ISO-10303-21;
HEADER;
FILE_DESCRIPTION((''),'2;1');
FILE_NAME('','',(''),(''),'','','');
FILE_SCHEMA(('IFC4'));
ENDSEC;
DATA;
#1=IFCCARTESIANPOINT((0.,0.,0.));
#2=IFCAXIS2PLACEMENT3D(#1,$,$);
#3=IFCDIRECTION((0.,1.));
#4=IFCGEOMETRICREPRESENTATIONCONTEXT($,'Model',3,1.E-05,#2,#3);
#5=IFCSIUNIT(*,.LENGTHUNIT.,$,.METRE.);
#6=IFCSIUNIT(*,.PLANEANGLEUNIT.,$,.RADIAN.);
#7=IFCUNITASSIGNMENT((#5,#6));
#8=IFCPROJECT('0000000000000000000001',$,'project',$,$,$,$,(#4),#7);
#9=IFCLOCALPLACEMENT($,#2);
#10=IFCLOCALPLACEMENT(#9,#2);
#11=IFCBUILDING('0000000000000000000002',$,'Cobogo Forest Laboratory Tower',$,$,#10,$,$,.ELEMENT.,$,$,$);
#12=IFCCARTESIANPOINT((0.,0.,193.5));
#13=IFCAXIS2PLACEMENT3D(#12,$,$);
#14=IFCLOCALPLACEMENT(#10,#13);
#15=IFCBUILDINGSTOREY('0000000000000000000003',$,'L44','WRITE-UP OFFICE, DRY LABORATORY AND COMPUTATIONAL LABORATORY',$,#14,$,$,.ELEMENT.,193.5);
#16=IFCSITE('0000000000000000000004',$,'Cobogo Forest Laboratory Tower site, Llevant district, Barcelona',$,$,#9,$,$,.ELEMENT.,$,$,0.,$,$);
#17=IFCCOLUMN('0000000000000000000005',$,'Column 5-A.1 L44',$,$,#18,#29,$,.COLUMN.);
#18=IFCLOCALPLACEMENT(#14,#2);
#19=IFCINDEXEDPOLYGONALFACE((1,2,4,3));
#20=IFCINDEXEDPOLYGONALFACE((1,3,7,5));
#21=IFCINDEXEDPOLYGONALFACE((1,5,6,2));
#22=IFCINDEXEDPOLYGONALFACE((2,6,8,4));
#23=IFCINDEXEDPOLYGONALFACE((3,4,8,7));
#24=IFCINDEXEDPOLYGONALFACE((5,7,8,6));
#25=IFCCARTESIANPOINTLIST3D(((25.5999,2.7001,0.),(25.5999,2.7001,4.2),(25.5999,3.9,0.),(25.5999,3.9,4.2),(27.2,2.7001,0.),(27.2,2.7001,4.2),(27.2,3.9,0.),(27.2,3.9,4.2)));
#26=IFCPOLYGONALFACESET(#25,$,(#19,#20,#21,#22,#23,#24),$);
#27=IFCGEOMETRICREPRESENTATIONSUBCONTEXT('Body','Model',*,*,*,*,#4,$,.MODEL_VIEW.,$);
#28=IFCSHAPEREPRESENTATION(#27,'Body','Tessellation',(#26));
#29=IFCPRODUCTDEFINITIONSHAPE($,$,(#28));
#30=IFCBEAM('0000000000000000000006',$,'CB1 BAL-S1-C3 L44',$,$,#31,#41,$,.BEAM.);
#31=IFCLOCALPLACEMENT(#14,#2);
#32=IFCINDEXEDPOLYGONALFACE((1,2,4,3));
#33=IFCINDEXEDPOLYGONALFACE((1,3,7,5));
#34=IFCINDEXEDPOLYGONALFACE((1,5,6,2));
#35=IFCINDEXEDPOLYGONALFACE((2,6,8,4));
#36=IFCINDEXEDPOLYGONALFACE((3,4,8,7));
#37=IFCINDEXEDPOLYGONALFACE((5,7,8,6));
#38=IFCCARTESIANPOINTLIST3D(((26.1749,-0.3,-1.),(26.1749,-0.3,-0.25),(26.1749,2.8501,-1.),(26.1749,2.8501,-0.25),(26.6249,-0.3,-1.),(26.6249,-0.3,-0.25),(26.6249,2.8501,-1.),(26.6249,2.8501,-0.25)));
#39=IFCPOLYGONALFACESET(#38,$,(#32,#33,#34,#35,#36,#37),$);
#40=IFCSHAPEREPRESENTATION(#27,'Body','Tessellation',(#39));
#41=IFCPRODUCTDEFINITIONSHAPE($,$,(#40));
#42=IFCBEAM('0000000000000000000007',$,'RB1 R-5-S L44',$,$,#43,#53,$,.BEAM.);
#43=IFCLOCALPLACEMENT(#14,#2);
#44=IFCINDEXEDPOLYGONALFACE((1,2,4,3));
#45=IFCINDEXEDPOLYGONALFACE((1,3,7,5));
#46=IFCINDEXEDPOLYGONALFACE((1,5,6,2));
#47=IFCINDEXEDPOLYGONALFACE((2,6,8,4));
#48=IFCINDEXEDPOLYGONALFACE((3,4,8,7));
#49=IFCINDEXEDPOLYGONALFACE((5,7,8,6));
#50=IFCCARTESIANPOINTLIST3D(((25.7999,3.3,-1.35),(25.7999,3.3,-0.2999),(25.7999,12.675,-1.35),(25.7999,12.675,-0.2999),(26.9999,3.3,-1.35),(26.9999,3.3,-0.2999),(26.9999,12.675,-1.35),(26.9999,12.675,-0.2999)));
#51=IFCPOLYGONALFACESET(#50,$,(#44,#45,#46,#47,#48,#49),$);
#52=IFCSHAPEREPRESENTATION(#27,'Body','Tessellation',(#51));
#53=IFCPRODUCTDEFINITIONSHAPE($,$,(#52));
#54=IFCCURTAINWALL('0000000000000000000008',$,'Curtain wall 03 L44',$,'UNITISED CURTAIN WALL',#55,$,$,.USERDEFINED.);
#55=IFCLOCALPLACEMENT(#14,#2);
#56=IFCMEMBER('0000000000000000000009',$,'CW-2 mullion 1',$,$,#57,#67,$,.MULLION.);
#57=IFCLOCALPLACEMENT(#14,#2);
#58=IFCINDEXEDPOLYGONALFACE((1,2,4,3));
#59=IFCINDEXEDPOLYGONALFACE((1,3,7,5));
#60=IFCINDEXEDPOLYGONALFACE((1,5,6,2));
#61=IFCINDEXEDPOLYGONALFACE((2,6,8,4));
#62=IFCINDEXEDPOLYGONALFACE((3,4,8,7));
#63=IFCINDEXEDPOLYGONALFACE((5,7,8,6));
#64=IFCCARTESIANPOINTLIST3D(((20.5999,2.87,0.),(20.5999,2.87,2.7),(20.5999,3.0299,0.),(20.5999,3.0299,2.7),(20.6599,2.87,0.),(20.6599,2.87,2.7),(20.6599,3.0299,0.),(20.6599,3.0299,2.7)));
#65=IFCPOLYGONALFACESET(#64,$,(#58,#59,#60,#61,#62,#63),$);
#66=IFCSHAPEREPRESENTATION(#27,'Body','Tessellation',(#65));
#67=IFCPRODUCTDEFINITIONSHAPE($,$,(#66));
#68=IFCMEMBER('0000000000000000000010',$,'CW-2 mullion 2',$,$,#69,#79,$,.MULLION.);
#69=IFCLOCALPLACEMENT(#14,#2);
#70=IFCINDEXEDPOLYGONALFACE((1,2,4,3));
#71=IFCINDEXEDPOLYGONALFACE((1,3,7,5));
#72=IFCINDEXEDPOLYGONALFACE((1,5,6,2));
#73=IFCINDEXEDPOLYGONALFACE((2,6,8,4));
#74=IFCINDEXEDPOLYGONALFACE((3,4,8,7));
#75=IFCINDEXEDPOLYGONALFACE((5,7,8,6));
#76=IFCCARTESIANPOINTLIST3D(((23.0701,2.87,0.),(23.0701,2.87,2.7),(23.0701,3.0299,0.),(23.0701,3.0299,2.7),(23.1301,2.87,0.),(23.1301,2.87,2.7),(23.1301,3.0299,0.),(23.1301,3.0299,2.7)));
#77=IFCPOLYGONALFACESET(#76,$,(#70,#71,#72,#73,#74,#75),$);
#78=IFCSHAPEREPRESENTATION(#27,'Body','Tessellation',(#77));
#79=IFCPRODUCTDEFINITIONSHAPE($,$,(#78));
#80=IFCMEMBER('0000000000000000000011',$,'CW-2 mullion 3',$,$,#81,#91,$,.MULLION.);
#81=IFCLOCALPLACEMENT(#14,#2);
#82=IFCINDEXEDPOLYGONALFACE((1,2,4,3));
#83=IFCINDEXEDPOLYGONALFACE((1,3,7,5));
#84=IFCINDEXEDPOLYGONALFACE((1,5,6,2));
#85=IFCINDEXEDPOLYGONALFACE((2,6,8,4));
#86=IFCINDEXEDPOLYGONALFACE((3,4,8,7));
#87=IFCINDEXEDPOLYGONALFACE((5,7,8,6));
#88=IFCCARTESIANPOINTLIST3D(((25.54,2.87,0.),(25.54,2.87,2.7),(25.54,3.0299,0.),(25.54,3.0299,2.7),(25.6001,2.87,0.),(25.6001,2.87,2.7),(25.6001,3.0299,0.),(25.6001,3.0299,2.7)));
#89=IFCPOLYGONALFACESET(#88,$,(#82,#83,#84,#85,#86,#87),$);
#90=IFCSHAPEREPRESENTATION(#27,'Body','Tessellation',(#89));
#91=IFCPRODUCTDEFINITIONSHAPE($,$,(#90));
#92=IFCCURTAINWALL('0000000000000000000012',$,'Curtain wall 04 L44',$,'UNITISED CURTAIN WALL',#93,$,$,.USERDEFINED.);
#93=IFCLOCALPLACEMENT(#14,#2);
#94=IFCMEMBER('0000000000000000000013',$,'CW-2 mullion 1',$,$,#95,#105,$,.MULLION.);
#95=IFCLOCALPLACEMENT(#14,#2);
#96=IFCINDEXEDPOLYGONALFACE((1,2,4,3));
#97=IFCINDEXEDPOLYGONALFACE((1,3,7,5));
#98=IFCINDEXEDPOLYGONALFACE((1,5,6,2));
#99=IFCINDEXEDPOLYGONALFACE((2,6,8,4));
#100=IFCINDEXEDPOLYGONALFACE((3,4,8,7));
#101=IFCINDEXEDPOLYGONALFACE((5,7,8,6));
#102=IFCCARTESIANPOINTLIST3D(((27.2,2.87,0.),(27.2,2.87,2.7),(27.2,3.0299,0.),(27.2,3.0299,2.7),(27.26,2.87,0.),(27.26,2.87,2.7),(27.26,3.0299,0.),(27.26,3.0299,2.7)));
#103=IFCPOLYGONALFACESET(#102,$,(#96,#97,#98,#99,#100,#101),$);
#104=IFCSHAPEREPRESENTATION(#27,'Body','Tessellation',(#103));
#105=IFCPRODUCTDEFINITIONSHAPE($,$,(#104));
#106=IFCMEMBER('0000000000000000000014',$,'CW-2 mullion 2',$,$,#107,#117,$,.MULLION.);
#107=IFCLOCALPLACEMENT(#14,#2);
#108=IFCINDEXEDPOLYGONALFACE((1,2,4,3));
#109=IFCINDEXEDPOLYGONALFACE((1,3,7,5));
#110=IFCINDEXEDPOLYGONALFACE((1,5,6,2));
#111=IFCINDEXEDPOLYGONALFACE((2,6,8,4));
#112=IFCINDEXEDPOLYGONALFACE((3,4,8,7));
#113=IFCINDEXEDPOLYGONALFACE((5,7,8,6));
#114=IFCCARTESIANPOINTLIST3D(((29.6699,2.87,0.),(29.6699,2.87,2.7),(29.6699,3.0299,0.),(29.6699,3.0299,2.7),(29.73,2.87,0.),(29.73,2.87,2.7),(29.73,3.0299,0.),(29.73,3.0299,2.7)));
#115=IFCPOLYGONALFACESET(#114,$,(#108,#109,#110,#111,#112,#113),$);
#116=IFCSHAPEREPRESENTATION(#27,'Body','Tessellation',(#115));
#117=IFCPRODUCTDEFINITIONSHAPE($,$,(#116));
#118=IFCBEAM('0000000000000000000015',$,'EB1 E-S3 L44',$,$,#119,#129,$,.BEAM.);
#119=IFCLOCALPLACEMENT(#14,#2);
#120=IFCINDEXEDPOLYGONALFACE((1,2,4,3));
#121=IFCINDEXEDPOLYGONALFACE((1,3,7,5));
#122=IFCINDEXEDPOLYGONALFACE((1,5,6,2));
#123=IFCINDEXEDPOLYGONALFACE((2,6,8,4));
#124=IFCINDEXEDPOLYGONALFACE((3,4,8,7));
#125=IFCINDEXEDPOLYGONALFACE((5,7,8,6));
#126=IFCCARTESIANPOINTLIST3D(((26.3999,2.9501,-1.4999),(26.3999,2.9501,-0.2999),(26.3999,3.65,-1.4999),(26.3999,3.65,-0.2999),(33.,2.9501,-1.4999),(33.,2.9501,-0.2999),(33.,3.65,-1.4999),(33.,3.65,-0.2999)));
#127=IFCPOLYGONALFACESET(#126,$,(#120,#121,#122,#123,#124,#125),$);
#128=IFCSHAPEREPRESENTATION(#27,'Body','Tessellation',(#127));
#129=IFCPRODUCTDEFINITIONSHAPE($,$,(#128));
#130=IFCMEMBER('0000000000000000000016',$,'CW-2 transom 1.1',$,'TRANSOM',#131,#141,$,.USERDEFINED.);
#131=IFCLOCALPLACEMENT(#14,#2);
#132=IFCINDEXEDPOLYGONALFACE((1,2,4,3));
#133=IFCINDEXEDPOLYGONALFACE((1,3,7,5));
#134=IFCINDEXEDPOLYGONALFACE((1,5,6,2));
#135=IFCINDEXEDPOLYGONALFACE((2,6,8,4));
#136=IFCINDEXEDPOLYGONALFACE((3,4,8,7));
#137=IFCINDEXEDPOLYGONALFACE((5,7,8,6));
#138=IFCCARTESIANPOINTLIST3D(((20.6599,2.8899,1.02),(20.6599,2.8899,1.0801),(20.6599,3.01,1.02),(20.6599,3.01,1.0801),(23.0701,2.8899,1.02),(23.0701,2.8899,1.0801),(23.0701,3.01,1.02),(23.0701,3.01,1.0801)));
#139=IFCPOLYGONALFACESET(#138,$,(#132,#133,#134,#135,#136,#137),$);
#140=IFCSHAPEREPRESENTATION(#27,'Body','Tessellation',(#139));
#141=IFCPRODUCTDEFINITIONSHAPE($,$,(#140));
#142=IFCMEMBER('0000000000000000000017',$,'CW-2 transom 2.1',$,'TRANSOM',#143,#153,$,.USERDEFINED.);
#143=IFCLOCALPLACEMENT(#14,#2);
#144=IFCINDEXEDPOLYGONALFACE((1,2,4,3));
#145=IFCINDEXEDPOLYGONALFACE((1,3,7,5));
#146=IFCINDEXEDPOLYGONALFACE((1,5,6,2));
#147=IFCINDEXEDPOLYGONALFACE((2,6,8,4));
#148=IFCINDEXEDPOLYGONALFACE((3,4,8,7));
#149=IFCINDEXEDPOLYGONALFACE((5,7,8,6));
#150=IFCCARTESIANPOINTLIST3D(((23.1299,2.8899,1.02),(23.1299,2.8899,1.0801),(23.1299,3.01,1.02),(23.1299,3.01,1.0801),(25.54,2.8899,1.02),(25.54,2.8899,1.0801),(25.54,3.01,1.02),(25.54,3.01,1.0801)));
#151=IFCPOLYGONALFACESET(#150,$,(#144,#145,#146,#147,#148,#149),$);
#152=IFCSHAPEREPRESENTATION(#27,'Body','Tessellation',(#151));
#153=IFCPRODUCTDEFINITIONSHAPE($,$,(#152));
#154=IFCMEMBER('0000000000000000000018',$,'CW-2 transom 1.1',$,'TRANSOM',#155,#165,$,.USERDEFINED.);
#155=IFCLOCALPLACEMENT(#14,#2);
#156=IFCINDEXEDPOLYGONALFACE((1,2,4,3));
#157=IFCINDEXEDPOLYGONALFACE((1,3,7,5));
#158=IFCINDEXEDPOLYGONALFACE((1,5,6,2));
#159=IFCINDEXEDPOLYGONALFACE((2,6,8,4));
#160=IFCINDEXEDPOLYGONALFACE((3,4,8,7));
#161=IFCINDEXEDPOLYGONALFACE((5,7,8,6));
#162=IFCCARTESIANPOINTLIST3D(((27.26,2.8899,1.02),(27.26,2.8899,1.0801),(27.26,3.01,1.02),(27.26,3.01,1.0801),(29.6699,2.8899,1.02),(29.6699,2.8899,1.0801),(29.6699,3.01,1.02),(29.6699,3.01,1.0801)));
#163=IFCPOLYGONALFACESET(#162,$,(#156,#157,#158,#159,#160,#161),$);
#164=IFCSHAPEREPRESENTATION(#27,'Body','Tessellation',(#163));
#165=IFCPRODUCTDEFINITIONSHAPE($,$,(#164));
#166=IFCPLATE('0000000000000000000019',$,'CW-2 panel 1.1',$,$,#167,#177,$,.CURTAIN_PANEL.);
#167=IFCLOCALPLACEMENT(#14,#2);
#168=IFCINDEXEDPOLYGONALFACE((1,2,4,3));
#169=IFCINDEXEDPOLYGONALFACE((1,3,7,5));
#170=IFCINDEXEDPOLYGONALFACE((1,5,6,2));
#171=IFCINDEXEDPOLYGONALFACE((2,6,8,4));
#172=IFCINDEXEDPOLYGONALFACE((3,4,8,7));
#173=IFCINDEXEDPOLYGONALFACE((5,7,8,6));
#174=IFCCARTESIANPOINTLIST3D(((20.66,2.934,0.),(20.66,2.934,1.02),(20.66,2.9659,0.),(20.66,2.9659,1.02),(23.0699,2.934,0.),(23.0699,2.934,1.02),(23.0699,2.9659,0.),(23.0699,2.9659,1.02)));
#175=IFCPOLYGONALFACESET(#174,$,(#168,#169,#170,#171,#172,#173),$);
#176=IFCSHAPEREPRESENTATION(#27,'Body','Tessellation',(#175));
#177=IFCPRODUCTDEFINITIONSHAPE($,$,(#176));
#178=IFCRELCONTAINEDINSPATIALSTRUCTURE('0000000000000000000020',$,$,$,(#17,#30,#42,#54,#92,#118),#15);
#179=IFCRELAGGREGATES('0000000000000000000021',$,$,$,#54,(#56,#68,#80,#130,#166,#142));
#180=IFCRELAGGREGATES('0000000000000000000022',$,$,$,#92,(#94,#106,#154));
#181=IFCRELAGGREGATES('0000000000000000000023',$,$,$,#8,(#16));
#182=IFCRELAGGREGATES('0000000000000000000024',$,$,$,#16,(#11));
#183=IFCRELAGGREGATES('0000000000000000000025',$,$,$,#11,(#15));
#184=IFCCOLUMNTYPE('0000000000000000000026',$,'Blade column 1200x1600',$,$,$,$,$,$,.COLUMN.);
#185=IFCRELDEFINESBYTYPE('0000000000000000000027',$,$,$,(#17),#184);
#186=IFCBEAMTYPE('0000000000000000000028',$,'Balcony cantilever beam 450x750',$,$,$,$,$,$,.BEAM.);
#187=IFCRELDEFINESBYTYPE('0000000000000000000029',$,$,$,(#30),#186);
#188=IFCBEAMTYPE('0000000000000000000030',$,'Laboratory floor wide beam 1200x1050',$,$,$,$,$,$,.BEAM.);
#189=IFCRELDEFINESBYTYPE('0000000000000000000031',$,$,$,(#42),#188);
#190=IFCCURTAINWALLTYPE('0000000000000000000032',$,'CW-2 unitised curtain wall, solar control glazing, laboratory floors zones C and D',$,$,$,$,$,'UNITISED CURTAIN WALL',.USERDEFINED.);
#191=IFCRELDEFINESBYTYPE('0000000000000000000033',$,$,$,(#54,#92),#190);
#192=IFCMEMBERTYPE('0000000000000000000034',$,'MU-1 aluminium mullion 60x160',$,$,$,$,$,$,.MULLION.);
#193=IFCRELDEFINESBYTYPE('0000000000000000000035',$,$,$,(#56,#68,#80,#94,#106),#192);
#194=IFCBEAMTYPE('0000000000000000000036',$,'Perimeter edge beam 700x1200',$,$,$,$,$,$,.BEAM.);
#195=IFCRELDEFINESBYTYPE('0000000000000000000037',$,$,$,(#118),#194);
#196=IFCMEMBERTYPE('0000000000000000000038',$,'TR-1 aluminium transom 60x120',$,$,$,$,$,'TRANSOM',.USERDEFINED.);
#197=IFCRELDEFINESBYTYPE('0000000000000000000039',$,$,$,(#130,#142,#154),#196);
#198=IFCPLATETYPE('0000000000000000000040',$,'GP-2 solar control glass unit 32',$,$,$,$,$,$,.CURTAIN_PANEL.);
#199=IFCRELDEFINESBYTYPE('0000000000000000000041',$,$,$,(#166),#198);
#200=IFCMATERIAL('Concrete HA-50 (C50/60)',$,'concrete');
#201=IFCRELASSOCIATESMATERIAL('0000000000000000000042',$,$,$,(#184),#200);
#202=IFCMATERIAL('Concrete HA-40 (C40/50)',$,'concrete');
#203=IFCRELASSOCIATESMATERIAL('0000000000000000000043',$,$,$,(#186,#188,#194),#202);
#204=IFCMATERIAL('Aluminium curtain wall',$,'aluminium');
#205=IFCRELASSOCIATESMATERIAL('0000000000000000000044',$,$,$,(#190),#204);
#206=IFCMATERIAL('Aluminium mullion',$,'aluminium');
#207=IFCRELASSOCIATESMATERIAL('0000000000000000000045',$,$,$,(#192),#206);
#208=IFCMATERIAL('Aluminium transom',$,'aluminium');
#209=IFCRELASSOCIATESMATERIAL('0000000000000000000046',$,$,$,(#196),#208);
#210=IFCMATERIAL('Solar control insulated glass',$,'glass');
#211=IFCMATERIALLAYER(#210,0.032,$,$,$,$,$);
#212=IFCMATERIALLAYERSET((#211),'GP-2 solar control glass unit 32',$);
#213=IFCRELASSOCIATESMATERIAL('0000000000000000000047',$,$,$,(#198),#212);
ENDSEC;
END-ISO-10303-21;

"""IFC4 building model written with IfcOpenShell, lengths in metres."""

from ifc_helpers import new_model, si_unit, direction, frame, origin, origin_2d, place, context, subcontext, project, spatial, rectangle, extrude, material, layer, layer_set, material_profile, profile_set, type_object, element, aggregate, save


model = new_model("IFC4")

# Units and contexts
model_context = context("Model", 3, precision=1e-05, world=origin(), true_north=direction((0.0, 1.0)))
body_context = subcontext(model_context, "Body", "Model", "MODEL_VIEW")
ifc_project = project(units=[si_unit("LENGTHUNIT", "METRE"), si_unit("PLANEANGLEUNIT", "RADIAN")], contexts=[model_context])

# Site, building, storey
site_placement = place(None, origin())
site = spatial("IfcSite", under=ifc_project, at=site_placement, Name="Cobogo Forest Laboratory Tower site, Llevant district, Barcelona", CompositionType="ELEMENT", RefElevation=0.0)
building_placement = place(site_placement, origin())
building = spatial("IfcBuilding", under=site, at=building_placement, Name="Cobogo Forest Laboratory Tower", CompositionType="ELEMENT")
storey_placement = place(building_placement, frame((0.0, 0.0, 193.5)))
storey = spatial("IfcBuildingStorey", under=building, at=storey_placement, Name="L44", Description="WRITE-UP OFFICE, DRY LABORATORY AND COMPUTATIONAL LABORATORY", CompositionType="ELEMENT", Elevation=193.5)

# Column
ifc_material_1 = material(Name="Concrete HA-50 (C50/60)", Category="concrete")
ifc_material_profile_1 = material_profile(ifc_material_1, rectangle(XDim=1.6001, YDim=1.2, at=origin_2d()), Name="RC 1200x1600")
ifc_profile_set_1 = profile_set([ifc_material_profile_1], Name="Concrete HA-50 (C50/60)")
column_type = type_object("IfcColumnType", Name="Blade column 1200x1600", PredefinedType="COLUMN", material=ifc_profile_set_1)
column_placement = place(storey_placement, frame((26.3999, 3.3, 0.0), z_axis=(0.0, 0.0, 1.0), x_axis=(1.0, 0.0, 0.0)))
element("IfcColumn", 1, at=column_placement, inside=storey, type_object=column_type, Name="Column 5-A.1 L44", PredefinedType="COLUMN", context=body_context, shape_type="SweptSolid", body=[
    extrude(rectangle(XDim=1.6001, YDim=1.2, at=origin_2d()), origin(), (0.0, 0.0, 1.0), 4.2),
])

# Beams
ifc_material_2 = material(Name="Concrete HA-40 (C40/50)", Category="concrete")
ifc_material_profile_2 = material_profile(ifc_material_2, rectangle(XDim=0.45, YDim=0.75, at=origin_2d()), Name="RC 450x750")
ifc_profile_set_2 = profile_set([ifc_material_profile_2], Name="Concrete HA-40 (C40/50)")
beam_type_1 = type_object("IfcBeamType", Name="Balcony cantilever beam 450x750", PredefinedType="BEAM", material=ifc_profile_set_2)
beam_1_placement = place(storey_placement, frame((26.3999, 2.8501, -0.625), z_axis=(0.0, -1.0, 0.0), x_axis=(1.0, 0.0, 0.0)))
element("IfcBeam", 2, at=beam_1_placement, inside=storey, type_object=beam_type_1, Name="CB1 BAL-S1-C3 L44", PredefinedType="BEAM", context=body_context, shape_type="SweptSolid", body=[
    extrude(rectangle(XDim=0.45, YDim=0.75, at=origin_2d()), origin(), (0.0, 0.0, 1.0), 3.1501),
])
ifc_material_profile_3 = material_profile(ifc_material_2, rectangle(XDim=1.2, YDim=1.05, at=origin_2d()), Name="RC 1200x1050")
ifc_profile_set_3 = profile_set([ifc_material_profile_3], Name="Concrete HA-40 (C40/50)")
beam_type_2 = type_object("IfcBeamType", Name="Laboratory floor wide beam 1200x1050", PredefinedType="BEAM", material=ifc_profile_set_3)
beam_2_placement = place(storey_placement, frame((26.3999, 12.675, -0.825), z_axis=(0.0, -1.0, 0.0), x_axis=(1.0, 0.0, 0.0)))
element("IfcBeam", 3, at=beam_2_placement, inside=storey, type_object=beam_type_2, Name="RB1 R-5-S L44", PredefinedType="BEAM", context=body_context, shape_type="SweptSolid", body=[
    extrude(rectangle(XDim=1.2, YDim=1.05, at=origin_2d()), origin(), (0.0, 0.0, 1.0), 9.375),
])

# Curtain walls, members
ifc_material_3 = material(Name="Aluminium curtain wall", Category="aluminium")
curtain_wall_type = type_object("IfcCurtainWallType", Name="CW-2 unitised curtain wall, solar control glazing, laboratory floors zones C and D", ElementType="UNITISED CURTAIN WALL", PredefinedType="USERDEFINED", material=ifc_material_3)
curtain_wall_1_placement = place(storey_placement, origin())
curtain_wall_1 = element("IfcCurtainWall", 4, at=curtain_wall_1_placement, inside=storey, type_object=curtain_wall_type, Name="Curtain wall 03 L44", ObjectType="UNITISED CURTAIN WALL", PredefinedType="USERDEFINED")
ifc_material_4 = material(Name="Aluminium mullion", Category="aluminium")
ifc_material_profile_4 = material_profile(ifc_material_4, rectangle(XDim=0.0601, YDim=0.1599, at=origin_2d()), Name="AL 60x160")
ifc_profile_set_4 = profile_set([ifc_material_profile_4], Name="Aluminium mullion")
member_type_1 = type_object("IfcMemberType", Name="MU-1 aluminium mullion 60x160", PredefinedType="MULLION", material=ifc_profile_set_4)
member_1_placement = place(storey_placement, frame((20.6299, 2.95, 0.0), z_axis=(0.0, 0.0, 1.0), x_axis=(1.0, 0.0, 0.0)))
member_1 = element("IfcMember", 5, at=member_1_placement, type_object=member_type_1, Name="CW-2 mullion 1", PredefinedType="MULLION", context=body_context, shape_type="SweptSolid", body=[
    extrude(rectangle(XDim=0.0601, YDim=0.1599, at=origin_2d()), origin(), (0.0, 0.0, 1.0), 2.7),
])
member_2_placement = place(storey_placement, frame((23.1001, 2.95, 0.0), z_axis=(0.0, 0.0, 1.0), x_axis=(1.0, 0.0, 0.0)))
member_2 = element("IfcMember", 6, at=member_2_placement, type_object=member_type_1, Name="CW-2 mullion 2", PredefinedType="MULLION", context=body_context, shape_type="SweptSolid", body=[
    extrude(rectangle(XDim=0.0601, YDim=0.1599, at=origin_2d()), origin(), (0.0, 0.0, 1.0), 2.7),
])
member_3_placement = place(storey_placement, frame((25.5701, 2.95, 0.0), z_axis=(0.0, 0.0, 1.0), x_axis=(1.0, 0.0, 0.0)))
member_3 = element("IfcMember", 7, at=member_3_placement, type_object=member_type_1, Name="CW-2 mullion 3", PredefinedType="MULLION", context=body_context, shape_type="SweptSolid", body=[
    extrude(rectangle(XDim=0.0601, YDim=0.1599, at=origin_2d()), origin(), (0.0, 0.0, 1.0), 2.7),
])
curtain_wall_2_placement = place(storey_placement, origin())
curtain_wall_2 = element("IfcCurtainWall", 8, at=curtain_wall_2_placement, inside=storey, type_object=curtain_wall_type, Name="Curtain wall 04 L44", ObjectType="UNITISED CURTAIN WALL", PredefinedType="USERDEFINED")
member_4_placement = place(storey_placement, frame((27.23, 2.95, 0.0), z_axis=(0.0, 0.0, 1.0), x_axis=(1.0, 0.0, 0.0)))
member_4 = element("IfcMember", 9, at=member_4_placement, type_object=member_type_1, Name="CW-2 mullion 1", PredefinedType="MULLION", context=body_context, shape_type="SweptSolid", body=[
    extrude(rectangle(XDim=0.0601, YDim=0.1599, at=origin_2d()), origin(), (0.0, 0.0, 1.0), 2.7),
])
member_5_placement = place(storey_placement, frame((29.7, 2.95, 0.0), z_axis=(0.0, 0.0, 1.0), x_axis=(1.0, 0.0, 0.0)))
member_5 = element("IfcMember", 10, at=member_5_placement, type_object=member_type_1, Name="CW-2 mullion 2", PredefinedType="MULLION", context=body_context, shape_type="SweptSolid", body=[
    extrude(rectangle(XDim=0.0601, YDim=0.1599, at=origin_2d()), origin(), (0.0, 0.0, 1.0), 2.7),
])

# Beam
ifc_material_profile_5 = material_profile(ifc_material_2, rectangle(XDim=0.7, YDim=1.2, at=origin_2d()), Name="RC 700x1200")
ifc_profile_set_5 = profile_set([ifc_material_profile_5], Name="Concrete HA-40 (C40/50)")
beam_type_3 = type_object("IfcBeamType", Name="Perimeter edge beam 700x1200", PredefinedType="BEAM", material=ifc_profile_set_5)
beam_3_placement = place(storey_placement, frame((26.3999, 3.3, -0.8999), z_axis=(1.0, 0.0, 0.0), x_axis=(0.0, 1.0, 0.0)))
element("IfcBeam", 11, at=beam_3_placement, inside=storey, type_object=beam_type_3, Name="EB1 E-S3 L44", PredefinedType="BEAM", context=body_context, shape_type="SweptSolid", body=[
    extrude(rectangle(XDim=0.7, YDim=1.2, at=origin_2d()), origin(), (0.0, 0.0, 1.0), 6.6001),
])

# Members
ifc_material_5 = material(Name="Aluminium transom", Category="aluminium")
ifc_material_profile_6 = material_profile(ifc_material_5, rectangle(XDim=0.1201, YDim=0.0601, at=origin_2d()), Name="AL 60x120")
ifc_profile_set_6 = profile_set([ifc_material_profile_6], Name="Aluminium transom")
member_type_2 = type_object("IfcMemberType", Name="TR-1 aluminium transom 60x120", ElementType="TRANSOM", PredefinedType="USERDEFINED", material=ifc_profile_set_6)
member_6_placement = place(storey_placement, frame((20.6599, 2.95, 1.05), z_axis=(1.0, 0.0, 0.0), x_axis=(0.0, 1.0, 0.0)))
member_6 = element("IfcMember", 12, at=member_6_placement, type_object=member_type_2, Name="CW-2 transom 1.1", ObjectType="TRANSOM", PredefinedType="USERDEFINED", context=body_context, shape_type="SweptSolid", body=[
    extrude(rectangle(XDim=0.1201, YDim=0.0601, at=origin_2d()), origin(), (0.0, 0.0, 1.0), 2.4102),
])
member_7_placement = place(storey_placement, frame((23.1299, 2.95, 1.05), z_axis=(1.0, 0.0, 0.0), x_axis=(0.0, 1.0, 0.0)))
member_7 = element("IfcMember", 13, at=member_7_placement, type_object=member_type_2, Name="CW-2 transom 2.1", ObjectType="TRANSOM", PredefinedType="USERDEFINED", context=body_context, shape_type="SweptSolid", body=[
    extrude(rectangle(XDim=0.1201, YDim=0.0601, at=origin_2d()), origin(), (0.0, 0.0, 1.0), 2.4102),
])
member_8_placement = place(storey_placement, frame((27.26, 2.95, 1.05), z_axis=(1.0, 0.0, 0.0), x_axis=(0.0, 1.0, 0.0)))
member_8 = element("IfcMember", 14, at=member_8_placement, type_object=member_type_2, Name="CW-2 transom 1.1", ObjectType="TRANSOM", PredefinedType="USERDEFINED", context=body_context, shape_type="SweptSolid", body=[
    extrude(rectangle(XDim=0.1201, YDim=0.0601, at=origin_2d()), origin(), (0.0, 0.0, 1.0), 2.4099),
])

# Plate
ifc_material_6 = material(Name="Solar control insulated glass", Category="glass")
ifc_layer_1 = layer(ifc_material_6, 0.032)
ifc_layer_set_1 = layer_set([ifc_layer_1], Name="GP-2 solar control glass unit 32")
plate_type_1 = type_object("IfcPlateType", Name="GP-2 solar control glass unit 32", PredefinedType="CURTAIN_PANEL", material=ifc_layer_set_1)
plate_1_placement = place(storey_placement, frame((21.865, 2.95, 0.0), z_axis=(0.0, 0.0, 1.0), x_axis=(1.0, 0.0, 0.0)))
plate_1 = element("IfcPlate", 15, at=plate_1_placement, type_object=plate_type_1, Name="CW-2 panel 1.1", PredefinedType="CURTAIN_PANEL", context=body_context, shape_type="SweptSolid", body=[
    extrude(rectangle(XDim=2.4099, YDim=0.032, at=origin_2d()), origin(), (0.0, 0.0, 1.0), 1.02),
])
aggregate(curtain_wall_1, [member_1, member_2, member_3, member_6, plate_1, member_7])
aggregate(curtain_wall_2, [member_4, member_5, member_8])

save(model, "model.ifc")
